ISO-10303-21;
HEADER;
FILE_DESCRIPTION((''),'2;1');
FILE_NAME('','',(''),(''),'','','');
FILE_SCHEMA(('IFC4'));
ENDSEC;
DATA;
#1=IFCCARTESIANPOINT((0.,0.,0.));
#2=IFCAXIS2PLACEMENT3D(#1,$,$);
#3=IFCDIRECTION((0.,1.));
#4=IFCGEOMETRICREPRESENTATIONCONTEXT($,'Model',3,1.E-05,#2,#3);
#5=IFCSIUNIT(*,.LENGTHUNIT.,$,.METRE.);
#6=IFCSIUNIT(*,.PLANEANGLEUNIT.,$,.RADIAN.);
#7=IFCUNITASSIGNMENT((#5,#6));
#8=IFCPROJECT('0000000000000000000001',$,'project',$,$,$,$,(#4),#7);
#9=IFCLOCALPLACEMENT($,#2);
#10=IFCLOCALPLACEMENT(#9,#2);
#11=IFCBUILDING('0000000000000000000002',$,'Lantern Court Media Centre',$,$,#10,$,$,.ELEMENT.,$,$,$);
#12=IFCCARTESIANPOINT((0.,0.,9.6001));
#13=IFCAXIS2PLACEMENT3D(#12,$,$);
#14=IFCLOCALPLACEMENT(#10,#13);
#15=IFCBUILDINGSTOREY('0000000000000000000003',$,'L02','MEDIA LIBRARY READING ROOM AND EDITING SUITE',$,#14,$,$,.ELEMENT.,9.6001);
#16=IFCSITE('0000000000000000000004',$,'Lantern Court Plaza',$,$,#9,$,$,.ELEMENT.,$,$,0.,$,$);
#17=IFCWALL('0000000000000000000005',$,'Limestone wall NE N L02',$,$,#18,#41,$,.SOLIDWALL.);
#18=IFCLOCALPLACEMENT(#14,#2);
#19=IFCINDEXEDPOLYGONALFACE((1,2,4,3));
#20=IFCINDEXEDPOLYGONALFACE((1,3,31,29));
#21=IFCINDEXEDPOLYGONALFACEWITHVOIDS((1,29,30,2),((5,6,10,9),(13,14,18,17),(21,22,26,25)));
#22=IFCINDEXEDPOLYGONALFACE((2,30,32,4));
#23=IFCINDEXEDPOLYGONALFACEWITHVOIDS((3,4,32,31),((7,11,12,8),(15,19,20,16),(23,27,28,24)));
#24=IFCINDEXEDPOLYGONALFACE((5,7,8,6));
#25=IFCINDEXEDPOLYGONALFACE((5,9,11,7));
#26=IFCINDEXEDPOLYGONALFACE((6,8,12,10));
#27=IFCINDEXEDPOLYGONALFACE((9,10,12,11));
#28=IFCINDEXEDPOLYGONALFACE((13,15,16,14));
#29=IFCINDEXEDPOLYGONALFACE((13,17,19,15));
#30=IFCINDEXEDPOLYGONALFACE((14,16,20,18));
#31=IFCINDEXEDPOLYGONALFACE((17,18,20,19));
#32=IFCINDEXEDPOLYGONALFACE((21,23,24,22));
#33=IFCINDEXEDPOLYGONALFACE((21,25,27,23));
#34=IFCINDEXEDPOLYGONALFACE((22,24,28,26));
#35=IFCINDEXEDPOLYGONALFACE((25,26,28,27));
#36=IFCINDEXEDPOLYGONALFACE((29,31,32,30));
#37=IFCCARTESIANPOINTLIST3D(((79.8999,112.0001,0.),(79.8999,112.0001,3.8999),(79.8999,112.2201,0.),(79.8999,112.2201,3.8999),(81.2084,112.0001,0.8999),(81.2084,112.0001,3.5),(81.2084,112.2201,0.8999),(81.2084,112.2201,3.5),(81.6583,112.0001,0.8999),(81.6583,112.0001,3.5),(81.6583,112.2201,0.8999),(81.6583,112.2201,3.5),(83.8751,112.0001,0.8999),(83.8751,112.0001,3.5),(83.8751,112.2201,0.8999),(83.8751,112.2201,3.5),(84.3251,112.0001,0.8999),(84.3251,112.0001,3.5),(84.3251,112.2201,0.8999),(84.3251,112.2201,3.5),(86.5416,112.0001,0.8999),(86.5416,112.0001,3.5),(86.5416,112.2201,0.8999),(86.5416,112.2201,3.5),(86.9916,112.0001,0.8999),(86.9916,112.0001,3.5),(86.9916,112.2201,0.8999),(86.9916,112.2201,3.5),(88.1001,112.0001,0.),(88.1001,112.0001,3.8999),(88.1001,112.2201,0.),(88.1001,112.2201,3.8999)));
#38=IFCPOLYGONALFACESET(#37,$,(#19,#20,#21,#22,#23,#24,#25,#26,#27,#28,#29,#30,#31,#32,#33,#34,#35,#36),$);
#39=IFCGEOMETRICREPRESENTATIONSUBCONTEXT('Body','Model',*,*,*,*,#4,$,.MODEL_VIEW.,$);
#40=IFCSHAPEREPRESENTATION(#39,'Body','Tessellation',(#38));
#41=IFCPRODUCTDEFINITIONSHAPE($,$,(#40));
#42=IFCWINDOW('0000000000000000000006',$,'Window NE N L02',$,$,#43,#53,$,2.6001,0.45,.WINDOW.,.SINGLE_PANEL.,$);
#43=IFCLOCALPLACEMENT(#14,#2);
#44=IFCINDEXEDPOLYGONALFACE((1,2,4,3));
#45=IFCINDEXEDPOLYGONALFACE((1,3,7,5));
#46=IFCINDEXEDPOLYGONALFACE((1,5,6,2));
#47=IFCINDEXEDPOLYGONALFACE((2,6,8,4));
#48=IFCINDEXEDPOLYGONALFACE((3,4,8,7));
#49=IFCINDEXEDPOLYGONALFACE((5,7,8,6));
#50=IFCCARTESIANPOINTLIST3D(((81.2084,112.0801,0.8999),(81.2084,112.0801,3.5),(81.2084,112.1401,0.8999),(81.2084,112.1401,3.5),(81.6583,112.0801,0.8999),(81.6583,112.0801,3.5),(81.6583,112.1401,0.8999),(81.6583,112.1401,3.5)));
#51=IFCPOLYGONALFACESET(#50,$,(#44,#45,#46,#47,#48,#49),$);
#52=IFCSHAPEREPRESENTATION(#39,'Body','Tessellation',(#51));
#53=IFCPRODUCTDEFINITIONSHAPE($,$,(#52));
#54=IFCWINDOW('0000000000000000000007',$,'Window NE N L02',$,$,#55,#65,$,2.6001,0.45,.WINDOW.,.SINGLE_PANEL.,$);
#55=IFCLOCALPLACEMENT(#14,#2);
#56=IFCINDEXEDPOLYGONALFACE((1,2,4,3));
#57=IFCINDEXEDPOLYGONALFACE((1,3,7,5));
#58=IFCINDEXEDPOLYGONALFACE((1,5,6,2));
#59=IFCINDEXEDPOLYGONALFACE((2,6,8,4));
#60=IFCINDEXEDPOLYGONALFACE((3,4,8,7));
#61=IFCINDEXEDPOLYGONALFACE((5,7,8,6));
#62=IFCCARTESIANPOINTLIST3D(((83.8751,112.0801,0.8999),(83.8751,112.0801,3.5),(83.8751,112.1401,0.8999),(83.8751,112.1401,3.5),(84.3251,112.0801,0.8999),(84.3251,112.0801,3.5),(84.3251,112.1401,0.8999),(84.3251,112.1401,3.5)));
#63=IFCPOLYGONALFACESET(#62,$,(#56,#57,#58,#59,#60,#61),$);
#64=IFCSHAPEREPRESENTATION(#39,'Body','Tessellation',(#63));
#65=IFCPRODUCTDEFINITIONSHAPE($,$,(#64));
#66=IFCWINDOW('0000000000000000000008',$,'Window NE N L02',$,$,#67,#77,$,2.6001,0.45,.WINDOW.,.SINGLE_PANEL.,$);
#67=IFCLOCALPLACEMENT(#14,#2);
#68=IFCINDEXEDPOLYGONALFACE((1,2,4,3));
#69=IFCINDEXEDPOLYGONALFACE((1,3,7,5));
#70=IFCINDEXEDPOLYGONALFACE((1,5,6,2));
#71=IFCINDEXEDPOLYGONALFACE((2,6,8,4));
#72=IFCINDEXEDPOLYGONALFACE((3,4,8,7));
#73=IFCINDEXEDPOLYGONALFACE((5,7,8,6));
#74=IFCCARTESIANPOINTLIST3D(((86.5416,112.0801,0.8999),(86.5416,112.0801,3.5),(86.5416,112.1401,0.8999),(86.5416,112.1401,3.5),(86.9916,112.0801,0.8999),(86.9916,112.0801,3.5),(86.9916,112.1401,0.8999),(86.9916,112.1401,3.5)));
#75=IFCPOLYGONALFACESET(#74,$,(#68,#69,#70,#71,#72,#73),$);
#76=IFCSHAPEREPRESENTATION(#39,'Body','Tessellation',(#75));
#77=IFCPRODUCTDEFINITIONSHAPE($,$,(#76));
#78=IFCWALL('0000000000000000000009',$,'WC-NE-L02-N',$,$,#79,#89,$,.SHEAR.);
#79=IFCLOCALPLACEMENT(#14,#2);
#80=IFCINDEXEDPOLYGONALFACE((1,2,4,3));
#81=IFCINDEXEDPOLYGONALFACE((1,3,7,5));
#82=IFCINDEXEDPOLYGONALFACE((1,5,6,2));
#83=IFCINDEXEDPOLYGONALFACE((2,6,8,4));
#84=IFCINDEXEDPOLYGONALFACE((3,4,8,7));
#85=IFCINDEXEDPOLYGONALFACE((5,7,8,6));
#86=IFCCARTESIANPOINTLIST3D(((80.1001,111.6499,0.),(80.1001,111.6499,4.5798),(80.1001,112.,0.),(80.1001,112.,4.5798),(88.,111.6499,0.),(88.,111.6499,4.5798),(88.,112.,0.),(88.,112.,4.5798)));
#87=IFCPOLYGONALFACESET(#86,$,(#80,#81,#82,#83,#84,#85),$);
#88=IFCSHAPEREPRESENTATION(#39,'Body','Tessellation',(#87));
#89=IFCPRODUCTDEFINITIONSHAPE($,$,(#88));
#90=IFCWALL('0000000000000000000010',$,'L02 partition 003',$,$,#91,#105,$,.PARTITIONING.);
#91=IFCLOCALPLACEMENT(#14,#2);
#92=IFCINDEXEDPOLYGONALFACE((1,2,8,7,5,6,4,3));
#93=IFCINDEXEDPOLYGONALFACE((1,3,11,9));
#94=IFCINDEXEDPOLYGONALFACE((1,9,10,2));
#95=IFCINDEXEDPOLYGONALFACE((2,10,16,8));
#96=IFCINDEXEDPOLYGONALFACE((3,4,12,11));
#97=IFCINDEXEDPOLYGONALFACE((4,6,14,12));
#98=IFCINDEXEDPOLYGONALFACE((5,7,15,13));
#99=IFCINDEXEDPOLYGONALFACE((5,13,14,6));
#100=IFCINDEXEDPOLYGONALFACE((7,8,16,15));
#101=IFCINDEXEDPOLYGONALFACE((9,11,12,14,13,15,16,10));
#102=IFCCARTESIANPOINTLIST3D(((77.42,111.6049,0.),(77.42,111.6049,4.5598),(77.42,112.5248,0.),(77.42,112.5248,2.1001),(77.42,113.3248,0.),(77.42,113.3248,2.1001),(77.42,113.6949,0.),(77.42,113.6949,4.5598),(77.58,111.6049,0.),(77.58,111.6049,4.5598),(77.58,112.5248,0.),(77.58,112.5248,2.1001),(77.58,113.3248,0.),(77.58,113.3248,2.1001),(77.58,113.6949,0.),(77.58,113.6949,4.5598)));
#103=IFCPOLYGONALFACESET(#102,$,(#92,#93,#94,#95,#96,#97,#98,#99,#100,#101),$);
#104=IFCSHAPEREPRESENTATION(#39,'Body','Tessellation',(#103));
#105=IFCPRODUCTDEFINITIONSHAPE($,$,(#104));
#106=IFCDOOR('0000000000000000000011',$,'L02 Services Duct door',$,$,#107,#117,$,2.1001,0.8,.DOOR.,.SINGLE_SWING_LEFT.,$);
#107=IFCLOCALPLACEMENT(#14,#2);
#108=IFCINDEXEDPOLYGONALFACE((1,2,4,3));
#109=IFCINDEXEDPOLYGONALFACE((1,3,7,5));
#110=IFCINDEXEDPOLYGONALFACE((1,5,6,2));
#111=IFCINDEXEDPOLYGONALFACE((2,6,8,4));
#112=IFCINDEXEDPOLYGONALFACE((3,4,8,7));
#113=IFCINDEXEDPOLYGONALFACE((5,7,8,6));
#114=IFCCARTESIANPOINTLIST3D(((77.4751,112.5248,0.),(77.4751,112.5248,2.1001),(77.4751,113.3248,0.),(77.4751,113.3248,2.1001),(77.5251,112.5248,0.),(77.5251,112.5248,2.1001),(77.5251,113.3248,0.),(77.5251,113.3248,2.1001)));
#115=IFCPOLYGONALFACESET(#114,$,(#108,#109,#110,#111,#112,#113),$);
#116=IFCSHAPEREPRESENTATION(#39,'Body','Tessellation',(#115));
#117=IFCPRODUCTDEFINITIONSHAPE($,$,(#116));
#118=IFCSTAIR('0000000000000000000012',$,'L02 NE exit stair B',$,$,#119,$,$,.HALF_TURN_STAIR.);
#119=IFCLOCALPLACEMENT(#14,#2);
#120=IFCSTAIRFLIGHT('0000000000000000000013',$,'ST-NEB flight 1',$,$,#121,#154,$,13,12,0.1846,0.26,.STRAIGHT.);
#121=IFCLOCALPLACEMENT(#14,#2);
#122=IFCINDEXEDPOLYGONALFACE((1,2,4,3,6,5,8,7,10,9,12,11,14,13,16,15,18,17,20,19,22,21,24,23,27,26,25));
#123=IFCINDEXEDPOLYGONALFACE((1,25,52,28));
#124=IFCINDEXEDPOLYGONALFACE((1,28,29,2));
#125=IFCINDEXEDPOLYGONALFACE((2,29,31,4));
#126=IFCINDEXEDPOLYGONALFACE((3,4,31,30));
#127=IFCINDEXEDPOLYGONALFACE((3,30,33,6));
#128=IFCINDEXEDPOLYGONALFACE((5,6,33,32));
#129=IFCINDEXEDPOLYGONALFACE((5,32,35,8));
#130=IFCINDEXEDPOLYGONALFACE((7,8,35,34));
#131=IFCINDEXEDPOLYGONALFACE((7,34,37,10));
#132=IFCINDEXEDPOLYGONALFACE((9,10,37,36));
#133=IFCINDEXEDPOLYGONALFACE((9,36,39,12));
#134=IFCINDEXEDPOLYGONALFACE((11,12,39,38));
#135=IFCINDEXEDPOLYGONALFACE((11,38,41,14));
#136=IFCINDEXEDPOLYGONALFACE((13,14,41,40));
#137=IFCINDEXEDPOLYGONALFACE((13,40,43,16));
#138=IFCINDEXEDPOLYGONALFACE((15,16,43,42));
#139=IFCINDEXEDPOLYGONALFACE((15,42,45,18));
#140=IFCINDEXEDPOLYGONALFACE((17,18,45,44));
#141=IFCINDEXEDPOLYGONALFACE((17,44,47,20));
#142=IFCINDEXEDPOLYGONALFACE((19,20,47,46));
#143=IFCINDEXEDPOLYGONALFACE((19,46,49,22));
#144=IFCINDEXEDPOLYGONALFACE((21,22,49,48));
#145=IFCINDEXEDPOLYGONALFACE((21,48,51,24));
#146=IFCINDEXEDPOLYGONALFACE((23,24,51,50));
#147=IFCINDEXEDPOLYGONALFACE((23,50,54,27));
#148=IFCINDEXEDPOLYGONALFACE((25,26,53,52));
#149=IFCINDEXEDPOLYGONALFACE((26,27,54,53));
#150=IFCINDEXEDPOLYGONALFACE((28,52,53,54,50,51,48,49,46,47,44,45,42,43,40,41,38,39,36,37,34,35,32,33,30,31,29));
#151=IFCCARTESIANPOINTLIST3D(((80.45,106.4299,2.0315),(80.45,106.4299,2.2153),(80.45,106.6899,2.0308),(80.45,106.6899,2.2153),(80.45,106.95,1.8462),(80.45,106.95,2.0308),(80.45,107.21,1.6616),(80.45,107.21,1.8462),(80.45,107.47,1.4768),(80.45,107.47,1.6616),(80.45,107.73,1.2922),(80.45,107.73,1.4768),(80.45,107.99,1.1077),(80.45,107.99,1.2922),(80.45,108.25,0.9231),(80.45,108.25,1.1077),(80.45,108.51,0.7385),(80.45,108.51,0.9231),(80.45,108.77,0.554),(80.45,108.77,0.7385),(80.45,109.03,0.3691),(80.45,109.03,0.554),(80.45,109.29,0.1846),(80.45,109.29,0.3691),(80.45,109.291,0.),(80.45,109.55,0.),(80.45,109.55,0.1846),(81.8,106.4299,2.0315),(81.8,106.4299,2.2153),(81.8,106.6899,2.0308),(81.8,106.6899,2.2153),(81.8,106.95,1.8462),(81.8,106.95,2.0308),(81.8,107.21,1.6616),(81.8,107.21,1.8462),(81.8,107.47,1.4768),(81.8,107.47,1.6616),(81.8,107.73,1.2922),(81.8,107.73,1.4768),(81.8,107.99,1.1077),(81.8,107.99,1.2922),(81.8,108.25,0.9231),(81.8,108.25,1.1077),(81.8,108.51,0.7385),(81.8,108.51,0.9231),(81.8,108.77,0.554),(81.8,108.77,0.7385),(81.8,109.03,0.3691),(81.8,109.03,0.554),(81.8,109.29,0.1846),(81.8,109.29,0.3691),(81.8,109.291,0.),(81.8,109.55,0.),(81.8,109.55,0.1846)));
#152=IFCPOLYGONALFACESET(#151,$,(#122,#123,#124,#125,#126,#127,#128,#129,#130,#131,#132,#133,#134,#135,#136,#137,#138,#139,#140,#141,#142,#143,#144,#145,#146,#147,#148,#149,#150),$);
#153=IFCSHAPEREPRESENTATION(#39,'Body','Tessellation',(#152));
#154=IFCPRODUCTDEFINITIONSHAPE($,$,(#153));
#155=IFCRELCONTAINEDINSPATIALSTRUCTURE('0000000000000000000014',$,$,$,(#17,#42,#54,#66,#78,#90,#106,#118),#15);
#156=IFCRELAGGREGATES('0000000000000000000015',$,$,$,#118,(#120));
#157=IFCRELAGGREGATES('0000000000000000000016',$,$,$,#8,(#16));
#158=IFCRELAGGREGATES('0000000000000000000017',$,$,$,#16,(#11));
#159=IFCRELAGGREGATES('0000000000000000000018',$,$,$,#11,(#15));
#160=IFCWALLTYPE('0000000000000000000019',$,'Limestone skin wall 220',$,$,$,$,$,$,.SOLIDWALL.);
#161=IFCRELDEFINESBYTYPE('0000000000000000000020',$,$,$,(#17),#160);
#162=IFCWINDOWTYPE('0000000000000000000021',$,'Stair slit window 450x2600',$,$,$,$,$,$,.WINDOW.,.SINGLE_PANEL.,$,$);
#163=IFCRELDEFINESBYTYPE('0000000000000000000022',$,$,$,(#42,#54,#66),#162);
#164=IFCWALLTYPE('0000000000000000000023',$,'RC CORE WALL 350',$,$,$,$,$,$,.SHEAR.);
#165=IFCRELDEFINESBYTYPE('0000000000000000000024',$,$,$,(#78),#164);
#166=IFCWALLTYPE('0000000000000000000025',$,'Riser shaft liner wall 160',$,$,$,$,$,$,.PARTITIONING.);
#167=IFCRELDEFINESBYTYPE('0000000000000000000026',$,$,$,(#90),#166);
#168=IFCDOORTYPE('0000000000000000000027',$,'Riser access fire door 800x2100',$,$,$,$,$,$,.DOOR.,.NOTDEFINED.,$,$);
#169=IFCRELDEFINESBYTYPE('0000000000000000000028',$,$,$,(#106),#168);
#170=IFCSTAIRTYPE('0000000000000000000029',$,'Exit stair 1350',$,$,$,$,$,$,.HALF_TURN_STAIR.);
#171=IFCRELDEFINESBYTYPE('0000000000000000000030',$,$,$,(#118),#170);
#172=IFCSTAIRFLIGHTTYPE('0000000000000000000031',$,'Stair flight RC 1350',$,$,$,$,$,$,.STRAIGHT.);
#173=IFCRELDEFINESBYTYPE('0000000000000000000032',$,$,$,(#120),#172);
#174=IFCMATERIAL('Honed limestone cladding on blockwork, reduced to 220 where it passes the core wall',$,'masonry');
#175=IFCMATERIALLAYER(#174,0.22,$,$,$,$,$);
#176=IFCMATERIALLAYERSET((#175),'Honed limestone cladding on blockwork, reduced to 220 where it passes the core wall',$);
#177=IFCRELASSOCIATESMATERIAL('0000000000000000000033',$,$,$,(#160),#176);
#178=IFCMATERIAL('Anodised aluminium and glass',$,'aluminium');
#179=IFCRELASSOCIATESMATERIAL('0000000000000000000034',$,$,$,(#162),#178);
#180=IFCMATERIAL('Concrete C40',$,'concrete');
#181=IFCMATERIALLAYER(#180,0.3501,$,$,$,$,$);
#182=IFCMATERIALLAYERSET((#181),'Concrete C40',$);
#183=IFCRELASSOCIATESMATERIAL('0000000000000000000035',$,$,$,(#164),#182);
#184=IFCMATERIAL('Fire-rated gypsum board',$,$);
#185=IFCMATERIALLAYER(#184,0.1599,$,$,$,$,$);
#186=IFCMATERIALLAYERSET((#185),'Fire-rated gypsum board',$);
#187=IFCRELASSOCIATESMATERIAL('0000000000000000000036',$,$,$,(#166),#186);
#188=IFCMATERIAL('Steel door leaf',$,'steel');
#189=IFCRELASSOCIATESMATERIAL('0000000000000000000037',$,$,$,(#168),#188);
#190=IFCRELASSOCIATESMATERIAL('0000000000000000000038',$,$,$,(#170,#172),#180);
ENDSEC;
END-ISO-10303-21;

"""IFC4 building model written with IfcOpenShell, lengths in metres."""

from ifc_helpers import new_model, si_unit, direction, frame, frame_2d, origin, place, context, subcontext, project, spatial, polyline, rectangle, outline, extrude, material, layer, layer_set, type_object, element, fill, aggregate, save


model = new_model("IFC4")

# Units and contexts
model_context = context("Model", 3, precision=1e-05, world=origin(), true_north=direction((0.0, 1.0)))
body_context = subcontext(model_context, "Body", "Model", "MODEL_VIEW")
ifc_project = project(units=[si_unit("LENGTHUNIT", "METRE"), si_unit("PLANEANGLEUNIT", "RADIAN")], contexts=[model_context])

# Site, building, storey
site_placement = place(None, origin())
site = spatial("IfcSite", under=ifc_project, at=site_placement, Name="Lantern Court Plaza", CompositionType="ELEMENT", RefElevation=0.0)
building_placement = place(site_placement, origin())
building = spatial("IfcBuilding", under=site, at=building_placement, Name="Lantern Court Media Centre", CompositionType="ELEMENT")
storey_placement = place(building_placement, frame((0.0, 0.0, 9.6001)))
storey = spatial("IfcBuildingStorey", under=building, at=storey_placement, Name="L02", Description="MEDIA LIBRARY READING ROOM AND EDITING SUITE", CompositionType="ELEMENT", Elevation=9.6001)

# Wall, openings, windows
ifc_material_1 = material(Name="Honed limestone cladding on blockwork, reduced to 220 where it passes the core wall", Category="masonry")
ifc_layer_1 = layer(ifc_material_1, 0.22)
ifc_layer_set_1 = layer_set([ifc_layer_1], Name="Honed limestone cladding on blockwork, reduced to 220 where it passes the core wall")
wall_type_1 = type_object("IfcWallType", Name="Limestone skin wall 220", PredefinedType="SOLIDWALL", material=ifc_layer_set_1)
wall_1_placement = place(storey_placement, frame((79.8999, 112.1101, 0.0), z_axis=(0.0, 0.0, 1.0), x_axis=(1.0, 0.0, 0.0)))
wall_1 = element("IfcWall", 1, at=wall_1_placement, inside=storey, type_object=wall_type_1, Name="Limestone wall NE N L02", PredefinedType="SOLIDWALL", context=body_context, shape_type="SweptSolid", body=[
    extrude(rectangle(XDim=8.2002, YDim=0.22, at=frame_2d((4.1001, 0.0))), origin(), (0.0, 0.0, 1.0), 3.8999),
])
opening_1_placement = place(wall_1_placement, frame((1.3083, 0.0, 0.8999)))
opening_1 = element("IfcOpeningElement", 2, at=opening_1_placement, cuts=wall_1, PredefinedType="OPENING", context=body_context, shape_type="SweptSolid", body=[
    extrude(rectangle(XDim=0.45, YDim=2.6001, at=frame_2d((0.2251, 1.3))), frame((0.0, 0.1199, 0.0), z_axis=(0.0, -1.0, 0.0), x_axis=(1.0, 0.0, 0.0)), (0.0, 0.0, 1.0), 0.24),
])
opening_2_placement = place(wall_1_placement, frame((3.9751, 0.0, 0.8999)))
opening_2 = element("IfcOpeningElement", 3, at=opening_2_placement, cuts=wall_1, PredefinedType="OPENING", context=body_context, shape_type="SweptSolid", body=[
    extrude(rectangle(XDim=0.45, YDim=2.6001, at=frame_2d((0.2251, 1.3))), frame((0.0, 0.1199, 0.0), z_axis=(0.0, -1.0, 0.0), x_axis=(1.0, 0.0, 0.0)), (0.0, 0.0, 1.0), 0.24),
])
opening_3_placement = place(wall_1_placement, frame((6.6416, 0.0, 0.8999)))
opening_3 = element("IfcOpeningElement", 4, at=opening_3_placement, cuts=wall_1, PredefinedType="OPENING", context=body_context, shape_type="SweptSolid", body=[
    extrude(rectangle(XDim=0.45, YDim=2.6001, at=frame_2d((0.2251, 1.3))), frame((0.0, 0.1199, 0.0), z_axis=(0.0, -1.0, 0.0), x_axis=(1.0, 0.0, 0.0)), (0.0, 0.0, 1.0), 0.24),
])
ifc_material_2 = material(Name="Anodised aluminium and glass", Category="aluminium")
window_type = type_object("IfcWindowType", Name="Stair slit window 450x2600", PartitioningType="SINGLE_PANEL", PredefinedType="WINDOW", material=ifc_material_2)
window_1_placement = place(opening_1_placement, origin())
window_1 = element("IfcWindow", 5, at=window_1_placement, inside=storey, type_object=window_type, Name="Window NE N L02", OverallHeight=2.6001, OverallWidth=0.45, PartitioningType="SINGLE_PANEL", PredefinedType="WINDOW", context=body_context, shape_type="SweptSolid", body=[
    extrude(rectangle(XDim=0.45, YDim=2.6001, at=frame_2d((0.2251, 1.3))), frame((0.0, 0.03, 0.0), z_axis=(0.0, -1.0, 0.0), x_axis=(1.0, 0.0, 0.0)), (0.0, 0.0, 1.0), 0.0601),
])
fill(opening_1, window_1)
window_2_placement = place(opening_2_placement, origin())
window_2 = element("IfcWindow", 6, at=window_2_placement, inside=storey, type_object=window_type, Name="Window NE N L02", OverallHeight=2.6001, OverallWidth=0.45, PartitioningType="SINGLE_PANEL", PredefinedType="WINDOW", context=body_context, shape_type="SweptSolid", body=[
    extrude(rectangle(XDim=0.45, YDim=2.6001, at=frame_2d((0.2251, 1.3))), frame((0.0, 0.03, 0.0), z_axis=(0.0, -1.0, 0.0), x_axis=(1.0, 0.0, 0.0)), (0.0, 0.0, 1.0), 0.0601),
])
fill(opening_2, window_2)
window_3_placement = place(opening_3_placement, origin())
window_3 = element("IfcWindow", 7, at=window_3_placement, inside=storey, type_object=window_type, Name="Window NE N L02", OverallHeight=2.6001, OverallWidth=0.45, PartitioningType="SINGLE_PANEL", PredefinedType="WINDOW", context=body_context, shape_type="SweptSolid", body=[
    extrude(rectangle(XDim=0.45, YDim=2.6001, at=frame_2d((0.2251, 1.3))), frame((0.0, 0.03, 0.0), z_axis=(0.0, -1.0, 0.0), x_axis=(1.0, 0.0, 0.0)), (0.0, 0.0, 1.0), 0.0601),
])
fill(opening_3, window_3)

# Wall
ifc_material_3 = material(Name="Concrete C40", Category="concrete")
ifc_layer_2 = layer(ifc_material_3, 0.3501)
ifc_layer_set_2 = layer_set([ifc_layer_2], Name="Concrete C40")
wall_type_2 = type_object("IfcWallType", Name="RC CORE WALL 350", PredefinedType="SHEAR", material=ifc_layer_set_2)
wall_2_placement = place(storey_placement, frame((80.1001, 111.825, 0.0), z_axis=(0.0, 0.0, 1.0), x_axis=(1.0, 0.0, 0.0)))
element("IfcWall", 8, at=wall_2_placement, inside=storey, type_object=wall_type_2, Name="WC-NE-L02-N", PredefinedType="SHEAR", context=body_context, shape_type="SweptSolid", body=[
    extrude(rectangle(XDim=7.8999, YDim=0.3501, at=frame_2d((3.95, 0.0))), origin(), (0.0, 0.0, 1.0), 4.5798),
])

# Wall, opening, door
ifc_material_4 = material(Name="Fire-rated gypsum board")
ifc_layer_3 = layer(ifc_material_4, 0.1599)
ifc_layer_set_3 = layer_set([ifc_layer_3], Name="Fire-rated gypsum board")
wall_type_3 = type_object("IfcWallType", Name="Riser shaft liner wall 160", PredefinedType="PARTITIONING", material=ifc_layer_set_3)
wall_3_placement = place(storey_placement, frame((77.5, 111.605, 0.0), z_axis=(0.0, 0.0, 1.0), x_axis=(0.0, 1.0, 0.0)))
wall_3 = element("IfcWall", 9, at=wall_3_placement, inside=storey, type_object=wall_type_3, Name="L02 partition 003", PredefinedType="PARTITIONING", context=body_context, shape_type="SweptSolid", body=[
    extrude(rectangle(XDim=2.0901, YDim=0.1599, at=frame_2d((1.0449, 0.0))), origin(), (0.0, 0.0, 1.0), 4.5598),
])
opening_4_placement = place(wall_3_placement, frame((0.9199, 0.0, 0.0)))
opening_4 = element("IfcOpeningElement", 10, at=opening_4_placement, cuts=wall_3, PredefinedType="OPENING", context=body_context, shape_type="SweptSolid", body=[
    extrude(rectangle(XDim=0.8, YDim=2.1001, at=frame_2d((0.3999, 1.05))), frame((0.0, 0.0898, 0.0), z_axis=(0.0, -1.0, 0.0), x_axis=(1.0, 0.0, 0.0)), (0.0, 0.0, 1.0), 0.1799),
])
ifc_material_5 = material(Name="Steel door leaf", Category="steel")
door_type = type_object("IfcDoorType", Name="Riser access fire door 800x2100", OperationType="NOTDEFINED", PredefinedType="DOOR", material=ifc_material_5)
door_placement = place(opening_4_placement, origin())
door = element("IfcDoor", 11, at=door_placement, inside=storey, type_object=door_type, Name="L02 Services Duct door", OperationType="SINGLE_SWING_LEFT", OverallHeight=2.1001, OverallWidth=0.8, PredefinedType="DOOR", context=body_context, shape_type="SweptSolid", body=[
    extrude(rectangle(XDim=0.8, YDim=2.1001, at=frame_2d((0.3999, 1.05))), frame((0.0, 0.0249, 0.0), z_axis=(0.0, -1.0, 0.0), x_axis=(1.0, 0.0, 0.0)), (0.0, 0.0, 1.0), 0.05),
])
fill(opening_4, door)

# Stair, stair flight
stair_type = type_object("IfcStairType", Name="Exit stair 1350", PredefinedType="HALF_TURN_STAIR", material=ifc_material_3)
stair_placement = place(storey_placement, origin())
stair = element("IfcStair", 12, at=stair_placement, inside=storey, type_object=stair_type, Name="L02 NE exit stair B", PredefinedType="HALF_TURN_STAIR")
stair_flight_type = type_object("IfcStairFlightType", Name="Stair flight RC 1350", PredefinedType="STRAIGHT", material=ifc_material_3)
stair_flight_placement = place(storey_placement, frame((81.125, 109.55, 0.0), z_axis=(0.0, 0.0, 1.0), x_axis=(0.0, -1.0, 0.0)))
stair_flight = element("IfcStairFlight", 13, at=stair_flight_placement, type_object=stair_flight_type, Name="ST-NEB flight 1", NumberOfRisers=13, NumberOfTreads=12, PredefinedType="STRAIGHT", RiserHeight=0.1846, TreadLength=0.26, context=body_context, shape_type="SweptSolid", body=[
    extrude(outline(polyline([(0.0, 0.0), (0.0, 0.1846), (0.26, 0.1846), (0.26, 0.3691), (0.52, 0.3691), (0.52, 0.554), (0.78, 0.554), (0.78, 0.7385), (1.04, 0.7385), (1.04, 0.9231), (1.3, 0.9231), (1.3, 1.1077), (1.5601, 1.1077), (1.5601, 1.2922), (1.8201, 1.2922), (1.8201, 1.4768), (2.0801, 1.4768), (2.0801, 1.6616), (2.3401, 1.6616), (2.3401, 1.8462), (2.6001, 1.8462), (2.6001, 2.0308), (2.8601, 2.0308), (2.8601, 2.2153), (3.1201, 2.2153), (3.1201, 2.3999), (3.1201, 2.0315), (0.259, 0.0), (0.0, 0.0)])), frame((0.0, 0.675, 0.0), z_axis=(0.0, -1.0, 0.0), x_axis=(1.0, 0.0, 0.0)), (0.0, 0.0, 1.0), 1.3501),
])
aggregate(stair, [stair_flight])

save(model, "model.ifc")
